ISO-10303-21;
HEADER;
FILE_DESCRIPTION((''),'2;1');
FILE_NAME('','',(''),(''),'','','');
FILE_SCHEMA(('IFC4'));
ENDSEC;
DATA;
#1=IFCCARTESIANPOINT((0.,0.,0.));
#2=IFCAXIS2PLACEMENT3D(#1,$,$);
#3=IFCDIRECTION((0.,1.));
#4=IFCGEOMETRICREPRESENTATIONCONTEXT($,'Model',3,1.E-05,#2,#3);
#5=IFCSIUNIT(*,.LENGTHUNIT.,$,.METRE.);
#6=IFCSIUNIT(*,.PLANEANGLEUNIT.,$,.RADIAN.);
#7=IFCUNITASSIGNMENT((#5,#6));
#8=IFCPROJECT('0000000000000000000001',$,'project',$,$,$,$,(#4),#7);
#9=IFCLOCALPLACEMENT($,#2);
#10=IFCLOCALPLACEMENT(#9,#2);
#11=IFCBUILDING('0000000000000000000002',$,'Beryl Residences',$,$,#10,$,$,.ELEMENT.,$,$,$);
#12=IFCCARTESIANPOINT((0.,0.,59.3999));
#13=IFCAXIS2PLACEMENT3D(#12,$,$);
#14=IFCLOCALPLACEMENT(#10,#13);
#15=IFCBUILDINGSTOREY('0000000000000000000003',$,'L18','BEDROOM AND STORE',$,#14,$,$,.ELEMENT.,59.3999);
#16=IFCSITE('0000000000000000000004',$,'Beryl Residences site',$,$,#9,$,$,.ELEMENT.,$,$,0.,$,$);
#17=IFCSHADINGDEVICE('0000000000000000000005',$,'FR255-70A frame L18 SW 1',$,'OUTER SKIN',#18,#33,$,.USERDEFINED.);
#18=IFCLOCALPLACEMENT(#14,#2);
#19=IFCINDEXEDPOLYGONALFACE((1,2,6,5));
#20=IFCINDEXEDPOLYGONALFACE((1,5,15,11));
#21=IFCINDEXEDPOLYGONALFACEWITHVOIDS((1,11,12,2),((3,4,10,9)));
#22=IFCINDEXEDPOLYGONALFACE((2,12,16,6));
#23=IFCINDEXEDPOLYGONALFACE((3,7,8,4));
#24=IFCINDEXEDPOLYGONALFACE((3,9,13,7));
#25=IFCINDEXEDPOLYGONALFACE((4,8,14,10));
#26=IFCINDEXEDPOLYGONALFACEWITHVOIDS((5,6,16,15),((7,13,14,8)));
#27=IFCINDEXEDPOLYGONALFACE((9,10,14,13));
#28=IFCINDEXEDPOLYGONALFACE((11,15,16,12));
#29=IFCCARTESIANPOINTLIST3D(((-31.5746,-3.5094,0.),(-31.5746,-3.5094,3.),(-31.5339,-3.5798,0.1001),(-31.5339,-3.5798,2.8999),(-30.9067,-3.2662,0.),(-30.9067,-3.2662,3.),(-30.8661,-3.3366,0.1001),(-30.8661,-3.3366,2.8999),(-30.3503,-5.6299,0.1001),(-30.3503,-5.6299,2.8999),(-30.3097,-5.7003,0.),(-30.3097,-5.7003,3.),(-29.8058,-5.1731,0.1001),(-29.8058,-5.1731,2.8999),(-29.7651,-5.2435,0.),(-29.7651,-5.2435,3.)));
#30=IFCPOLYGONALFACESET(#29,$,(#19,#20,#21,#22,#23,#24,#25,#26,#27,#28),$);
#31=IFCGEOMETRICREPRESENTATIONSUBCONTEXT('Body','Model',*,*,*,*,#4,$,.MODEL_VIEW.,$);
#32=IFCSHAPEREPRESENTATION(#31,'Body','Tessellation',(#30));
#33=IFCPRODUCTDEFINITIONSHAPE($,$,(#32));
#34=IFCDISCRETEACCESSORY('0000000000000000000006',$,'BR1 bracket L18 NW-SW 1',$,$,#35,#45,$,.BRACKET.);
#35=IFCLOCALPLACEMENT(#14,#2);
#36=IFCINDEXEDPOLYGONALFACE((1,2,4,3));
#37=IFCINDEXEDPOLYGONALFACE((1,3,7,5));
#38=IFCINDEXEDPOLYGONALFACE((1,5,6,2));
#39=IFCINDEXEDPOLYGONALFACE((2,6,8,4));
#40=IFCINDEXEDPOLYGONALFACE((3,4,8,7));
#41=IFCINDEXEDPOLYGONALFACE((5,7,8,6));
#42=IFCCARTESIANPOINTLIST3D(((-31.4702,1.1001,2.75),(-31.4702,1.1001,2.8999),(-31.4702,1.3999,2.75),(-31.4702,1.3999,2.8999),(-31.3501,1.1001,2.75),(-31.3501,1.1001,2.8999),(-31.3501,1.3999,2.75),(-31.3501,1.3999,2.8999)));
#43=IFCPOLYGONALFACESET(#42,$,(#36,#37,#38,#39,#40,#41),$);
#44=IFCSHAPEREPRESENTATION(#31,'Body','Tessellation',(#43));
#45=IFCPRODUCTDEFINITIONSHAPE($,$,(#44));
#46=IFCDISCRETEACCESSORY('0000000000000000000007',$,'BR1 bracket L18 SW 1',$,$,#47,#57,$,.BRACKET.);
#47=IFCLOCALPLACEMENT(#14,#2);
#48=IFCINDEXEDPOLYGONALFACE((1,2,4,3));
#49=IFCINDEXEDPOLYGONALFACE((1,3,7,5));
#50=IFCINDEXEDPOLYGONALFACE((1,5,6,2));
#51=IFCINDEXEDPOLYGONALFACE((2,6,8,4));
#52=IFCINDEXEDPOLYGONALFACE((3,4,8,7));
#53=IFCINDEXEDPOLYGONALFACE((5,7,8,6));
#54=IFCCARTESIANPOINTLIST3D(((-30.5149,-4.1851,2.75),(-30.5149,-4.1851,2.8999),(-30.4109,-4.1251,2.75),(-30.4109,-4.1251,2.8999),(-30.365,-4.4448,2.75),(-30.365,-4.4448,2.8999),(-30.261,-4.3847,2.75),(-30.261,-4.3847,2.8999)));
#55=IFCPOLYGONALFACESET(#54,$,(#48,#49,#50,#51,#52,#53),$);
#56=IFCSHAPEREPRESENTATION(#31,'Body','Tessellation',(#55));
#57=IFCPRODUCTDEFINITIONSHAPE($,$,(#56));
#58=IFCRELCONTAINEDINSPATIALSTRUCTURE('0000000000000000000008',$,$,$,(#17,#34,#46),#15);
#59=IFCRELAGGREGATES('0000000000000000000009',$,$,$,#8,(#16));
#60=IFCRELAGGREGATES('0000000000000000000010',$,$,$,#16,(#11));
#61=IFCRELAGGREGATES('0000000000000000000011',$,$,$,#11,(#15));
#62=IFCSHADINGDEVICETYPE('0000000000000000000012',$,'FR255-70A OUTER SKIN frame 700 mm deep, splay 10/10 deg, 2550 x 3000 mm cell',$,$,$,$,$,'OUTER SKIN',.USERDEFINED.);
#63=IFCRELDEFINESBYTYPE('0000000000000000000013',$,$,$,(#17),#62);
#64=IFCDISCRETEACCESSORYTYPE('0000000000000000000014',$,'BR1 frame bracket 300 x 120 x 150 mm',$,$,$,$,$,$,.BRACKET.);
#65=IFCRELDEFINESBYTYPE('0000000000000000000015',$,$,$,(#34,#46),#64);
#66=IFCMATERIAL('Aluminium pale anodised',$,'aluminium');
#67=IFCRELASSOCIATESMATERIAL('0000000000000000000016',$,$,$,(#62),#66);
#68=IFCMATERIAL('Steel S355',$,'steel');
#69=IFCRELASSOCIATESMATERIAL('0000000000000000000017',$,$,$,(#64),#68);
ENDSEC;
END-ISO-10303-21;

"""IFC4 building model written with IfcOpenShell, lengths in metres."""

from ifc_helpers import new_model, entity, si_unit, direction, frame, origin, place, context, subcontext, project, spatial, polyline, outline, extrude, source, transform, mapped, material, type_object, type_shapes, element, save


model = new_model("IFC4")

# Units and contexts
model_context = context("Model", 3, precision=1e-05, world=origin(), true_north=direction((0.0, 1.0)))
body_context = subcontext(model_context, "Body", "Model", "MODEL_VIEW")
ifc_project = project(units=[si_unit("LENGTHUNIT", "METRE"), si_unit("PLANEANGLEUNIT", "RADIAN")], contexts=[model_context])

# Site, building, storey
site_placement = place(None, origin())
site = spatial("IfcSite", under=ifc_project, at=site_placement, Name="Beryl Residences site", CompositionType="ELEMENT", RefElevation=0.0)
building_placement = place(site_placement, origin())
building = spatial("IfcBuilding", under=site, at=building_placement, Name="Beryl Residences", CompositionType="ELEMENT")
storey_placement = place(building_placement, frame((0.0, 0.0, 59.3999)))
storey = spatial("IfcBuildingStorey", under=building, at=storey_placement, Name="L18", Description="BEDROOM AND STORE", CompositionType="ELEMENT", Elevation=59.3999)

# Shading device
ifc_material_1 = material(Name="Aluminium pale anodised", Category="aluminium")
shading_device_type_1 = type_object("IfcShadingDeviceType", Name="FR255-70A OUTER SKIN frame 700 mm deep, splay 10/10 deg, 2550 x 3000 mm cell", ElementType="OUTER SKIN", PredefinedType="USERDEFINED", material=ifc_material_1)
cartesian_point_1 = entity("IfcCartesianPoint", [-1.1416, 0.0])
cartesian_point_2 = entity("IfcCartesianPoint", [-1.0603, 0.1001])
cartesian_point_3 = entity("IfcCartesianPoint", [-1.2649, 0.0])
cartesian_point_4 = entity("IfcCartesianPoint", [-1.1836, 0.1001])
shared_shape_1 = source(origin(), body_context, "Body", "SweptSolid", [
    entity("IfcExtrudedAreaSolidTapered", entity("IfcArbitraryProfileDefWithVoids", "AREA", None, entity("IfcPolyline", [cartesian_point_1, entity("IfcCartesianPoint", [1.1416, 0.0]), entity("IfcCartesianPoint", [1.1416, 3.0]), entity("IfcCartesianPoint", [-1.1416, 3.0]), cartesian_point_1]), [entity("IfcPolyline", [cartesian_point_2, entity("IfcCartesianPoint", [1.0603, 0.1001]), entity("IfcCartesianPoint", [1.0603, 2.8999]), entity("IfcCartesianPoint", [-1.0603, 2.8999]), cartesian_point_2])]), entity("IfcAxis2Placement3D", entity("IfcCartesianPoint", [0.0, 0.0, 0.0]), entity("IfcDirection", [0.0, 1.0, 0.0]), entity("IfcDirection", [-1.0, 0.0, 0.0])), entity("IfcDirection", [0.0, 0.0, 1.0]), 0.7, entity("IfcArbitraryProfileDefWithVoids", "AREA", None, entity("IfcPolyline", [cartesian_point_3, entity("IfcCartesianPoint", [1.2649, 0.0]), entity("IfcCartesianPoint", [1.2649, 3.0]), entity("IfcCartesianPoint", [-1.2649, 3.0]), cartesian_point_3]), [entity("IfcPolyline", [cartesian_point_4, entity("IfcCartesianPoint", [1.1836, 0.1001]), entity("IfcCartesianPoint", [1.1836, 2.8999]), entity("IfcCartesianPoint", [-1.1836, 2.8999]), cartesian_point_4])])),
])
type_shapes(shading_device_type_1, [shared_shape_1])
shading_device_placement = place(storey_placement, frame((-30.3359, -4.2549, 0.0), z_axis=(0.0, 0.0, 1.0), x_axis=(-0.5, 0.866025, 0.0)))
element("IfcShadingDevice", 1, at=shading_device_placement, inside=storey, type_object=shading_device_type_1, Name="FR255-70A frame L18 SW 1", ObjectType="OUTER SKIN", PredefinedType="USERDEFINED", context=body_context, shape_type="MappedRepresentation", body=[
    mapped(shared_shape_1, transform((0.0, 0.0, 0.0))),
])

# Discrete accessories
ifc_material_2 = material(Name="Steel S355", Category="steel")
discrete_accessory_type = type_object("IfcDiscreteAccessoryType", Name="BR1 frame bracket 300 x 120 x 150 mm", PredefinedType="BRACKET", material=ifc_material_2)
shared_shape_2 = source(origin(), body_context, "Body", "SweptSolid", [
    extrude(outline(polyline([(-0.1499, 0.0), (0.1499, 0.0), (0.1499, 0.1201), (-0.1499, 0.1201), (-0.1499, 0.0)])), origin(), (0.0, 0.0, 1.0), 0.1499),
])
type_shapes(discrete_accessory_type, [shared_shape_2])
for number, where, z_axis, x_axis, name in (
    (2, (-31.3501, 1.25, 2.75), (0.0, 0.0, 1.0), (0.0, 1.0, 0.0), "BR1 bracket L18 NW-SW 1"),
    (3, (-30.3359, -4.2549, 2.75), (0.0, 0.0, 1.0), (-0.5, 0.866025, 0.0), "BR1 bracket L18 SW 1"),
):
    element("IfcDiscreteAccessory", number, at=place(storey_placement, frame(where, z_axis=z_axis, x_axis=x_axis)), inside=storey, type_object=discrete_accessory_type, Name=name, PredefinedType="BRACKET", context=body_context, shape_type="MappedRepresentation", body=[
        mapped(shared_shape_2, transform((0.0, 0.0, 0.0))),
    ])

save(model, "model.ifc")
